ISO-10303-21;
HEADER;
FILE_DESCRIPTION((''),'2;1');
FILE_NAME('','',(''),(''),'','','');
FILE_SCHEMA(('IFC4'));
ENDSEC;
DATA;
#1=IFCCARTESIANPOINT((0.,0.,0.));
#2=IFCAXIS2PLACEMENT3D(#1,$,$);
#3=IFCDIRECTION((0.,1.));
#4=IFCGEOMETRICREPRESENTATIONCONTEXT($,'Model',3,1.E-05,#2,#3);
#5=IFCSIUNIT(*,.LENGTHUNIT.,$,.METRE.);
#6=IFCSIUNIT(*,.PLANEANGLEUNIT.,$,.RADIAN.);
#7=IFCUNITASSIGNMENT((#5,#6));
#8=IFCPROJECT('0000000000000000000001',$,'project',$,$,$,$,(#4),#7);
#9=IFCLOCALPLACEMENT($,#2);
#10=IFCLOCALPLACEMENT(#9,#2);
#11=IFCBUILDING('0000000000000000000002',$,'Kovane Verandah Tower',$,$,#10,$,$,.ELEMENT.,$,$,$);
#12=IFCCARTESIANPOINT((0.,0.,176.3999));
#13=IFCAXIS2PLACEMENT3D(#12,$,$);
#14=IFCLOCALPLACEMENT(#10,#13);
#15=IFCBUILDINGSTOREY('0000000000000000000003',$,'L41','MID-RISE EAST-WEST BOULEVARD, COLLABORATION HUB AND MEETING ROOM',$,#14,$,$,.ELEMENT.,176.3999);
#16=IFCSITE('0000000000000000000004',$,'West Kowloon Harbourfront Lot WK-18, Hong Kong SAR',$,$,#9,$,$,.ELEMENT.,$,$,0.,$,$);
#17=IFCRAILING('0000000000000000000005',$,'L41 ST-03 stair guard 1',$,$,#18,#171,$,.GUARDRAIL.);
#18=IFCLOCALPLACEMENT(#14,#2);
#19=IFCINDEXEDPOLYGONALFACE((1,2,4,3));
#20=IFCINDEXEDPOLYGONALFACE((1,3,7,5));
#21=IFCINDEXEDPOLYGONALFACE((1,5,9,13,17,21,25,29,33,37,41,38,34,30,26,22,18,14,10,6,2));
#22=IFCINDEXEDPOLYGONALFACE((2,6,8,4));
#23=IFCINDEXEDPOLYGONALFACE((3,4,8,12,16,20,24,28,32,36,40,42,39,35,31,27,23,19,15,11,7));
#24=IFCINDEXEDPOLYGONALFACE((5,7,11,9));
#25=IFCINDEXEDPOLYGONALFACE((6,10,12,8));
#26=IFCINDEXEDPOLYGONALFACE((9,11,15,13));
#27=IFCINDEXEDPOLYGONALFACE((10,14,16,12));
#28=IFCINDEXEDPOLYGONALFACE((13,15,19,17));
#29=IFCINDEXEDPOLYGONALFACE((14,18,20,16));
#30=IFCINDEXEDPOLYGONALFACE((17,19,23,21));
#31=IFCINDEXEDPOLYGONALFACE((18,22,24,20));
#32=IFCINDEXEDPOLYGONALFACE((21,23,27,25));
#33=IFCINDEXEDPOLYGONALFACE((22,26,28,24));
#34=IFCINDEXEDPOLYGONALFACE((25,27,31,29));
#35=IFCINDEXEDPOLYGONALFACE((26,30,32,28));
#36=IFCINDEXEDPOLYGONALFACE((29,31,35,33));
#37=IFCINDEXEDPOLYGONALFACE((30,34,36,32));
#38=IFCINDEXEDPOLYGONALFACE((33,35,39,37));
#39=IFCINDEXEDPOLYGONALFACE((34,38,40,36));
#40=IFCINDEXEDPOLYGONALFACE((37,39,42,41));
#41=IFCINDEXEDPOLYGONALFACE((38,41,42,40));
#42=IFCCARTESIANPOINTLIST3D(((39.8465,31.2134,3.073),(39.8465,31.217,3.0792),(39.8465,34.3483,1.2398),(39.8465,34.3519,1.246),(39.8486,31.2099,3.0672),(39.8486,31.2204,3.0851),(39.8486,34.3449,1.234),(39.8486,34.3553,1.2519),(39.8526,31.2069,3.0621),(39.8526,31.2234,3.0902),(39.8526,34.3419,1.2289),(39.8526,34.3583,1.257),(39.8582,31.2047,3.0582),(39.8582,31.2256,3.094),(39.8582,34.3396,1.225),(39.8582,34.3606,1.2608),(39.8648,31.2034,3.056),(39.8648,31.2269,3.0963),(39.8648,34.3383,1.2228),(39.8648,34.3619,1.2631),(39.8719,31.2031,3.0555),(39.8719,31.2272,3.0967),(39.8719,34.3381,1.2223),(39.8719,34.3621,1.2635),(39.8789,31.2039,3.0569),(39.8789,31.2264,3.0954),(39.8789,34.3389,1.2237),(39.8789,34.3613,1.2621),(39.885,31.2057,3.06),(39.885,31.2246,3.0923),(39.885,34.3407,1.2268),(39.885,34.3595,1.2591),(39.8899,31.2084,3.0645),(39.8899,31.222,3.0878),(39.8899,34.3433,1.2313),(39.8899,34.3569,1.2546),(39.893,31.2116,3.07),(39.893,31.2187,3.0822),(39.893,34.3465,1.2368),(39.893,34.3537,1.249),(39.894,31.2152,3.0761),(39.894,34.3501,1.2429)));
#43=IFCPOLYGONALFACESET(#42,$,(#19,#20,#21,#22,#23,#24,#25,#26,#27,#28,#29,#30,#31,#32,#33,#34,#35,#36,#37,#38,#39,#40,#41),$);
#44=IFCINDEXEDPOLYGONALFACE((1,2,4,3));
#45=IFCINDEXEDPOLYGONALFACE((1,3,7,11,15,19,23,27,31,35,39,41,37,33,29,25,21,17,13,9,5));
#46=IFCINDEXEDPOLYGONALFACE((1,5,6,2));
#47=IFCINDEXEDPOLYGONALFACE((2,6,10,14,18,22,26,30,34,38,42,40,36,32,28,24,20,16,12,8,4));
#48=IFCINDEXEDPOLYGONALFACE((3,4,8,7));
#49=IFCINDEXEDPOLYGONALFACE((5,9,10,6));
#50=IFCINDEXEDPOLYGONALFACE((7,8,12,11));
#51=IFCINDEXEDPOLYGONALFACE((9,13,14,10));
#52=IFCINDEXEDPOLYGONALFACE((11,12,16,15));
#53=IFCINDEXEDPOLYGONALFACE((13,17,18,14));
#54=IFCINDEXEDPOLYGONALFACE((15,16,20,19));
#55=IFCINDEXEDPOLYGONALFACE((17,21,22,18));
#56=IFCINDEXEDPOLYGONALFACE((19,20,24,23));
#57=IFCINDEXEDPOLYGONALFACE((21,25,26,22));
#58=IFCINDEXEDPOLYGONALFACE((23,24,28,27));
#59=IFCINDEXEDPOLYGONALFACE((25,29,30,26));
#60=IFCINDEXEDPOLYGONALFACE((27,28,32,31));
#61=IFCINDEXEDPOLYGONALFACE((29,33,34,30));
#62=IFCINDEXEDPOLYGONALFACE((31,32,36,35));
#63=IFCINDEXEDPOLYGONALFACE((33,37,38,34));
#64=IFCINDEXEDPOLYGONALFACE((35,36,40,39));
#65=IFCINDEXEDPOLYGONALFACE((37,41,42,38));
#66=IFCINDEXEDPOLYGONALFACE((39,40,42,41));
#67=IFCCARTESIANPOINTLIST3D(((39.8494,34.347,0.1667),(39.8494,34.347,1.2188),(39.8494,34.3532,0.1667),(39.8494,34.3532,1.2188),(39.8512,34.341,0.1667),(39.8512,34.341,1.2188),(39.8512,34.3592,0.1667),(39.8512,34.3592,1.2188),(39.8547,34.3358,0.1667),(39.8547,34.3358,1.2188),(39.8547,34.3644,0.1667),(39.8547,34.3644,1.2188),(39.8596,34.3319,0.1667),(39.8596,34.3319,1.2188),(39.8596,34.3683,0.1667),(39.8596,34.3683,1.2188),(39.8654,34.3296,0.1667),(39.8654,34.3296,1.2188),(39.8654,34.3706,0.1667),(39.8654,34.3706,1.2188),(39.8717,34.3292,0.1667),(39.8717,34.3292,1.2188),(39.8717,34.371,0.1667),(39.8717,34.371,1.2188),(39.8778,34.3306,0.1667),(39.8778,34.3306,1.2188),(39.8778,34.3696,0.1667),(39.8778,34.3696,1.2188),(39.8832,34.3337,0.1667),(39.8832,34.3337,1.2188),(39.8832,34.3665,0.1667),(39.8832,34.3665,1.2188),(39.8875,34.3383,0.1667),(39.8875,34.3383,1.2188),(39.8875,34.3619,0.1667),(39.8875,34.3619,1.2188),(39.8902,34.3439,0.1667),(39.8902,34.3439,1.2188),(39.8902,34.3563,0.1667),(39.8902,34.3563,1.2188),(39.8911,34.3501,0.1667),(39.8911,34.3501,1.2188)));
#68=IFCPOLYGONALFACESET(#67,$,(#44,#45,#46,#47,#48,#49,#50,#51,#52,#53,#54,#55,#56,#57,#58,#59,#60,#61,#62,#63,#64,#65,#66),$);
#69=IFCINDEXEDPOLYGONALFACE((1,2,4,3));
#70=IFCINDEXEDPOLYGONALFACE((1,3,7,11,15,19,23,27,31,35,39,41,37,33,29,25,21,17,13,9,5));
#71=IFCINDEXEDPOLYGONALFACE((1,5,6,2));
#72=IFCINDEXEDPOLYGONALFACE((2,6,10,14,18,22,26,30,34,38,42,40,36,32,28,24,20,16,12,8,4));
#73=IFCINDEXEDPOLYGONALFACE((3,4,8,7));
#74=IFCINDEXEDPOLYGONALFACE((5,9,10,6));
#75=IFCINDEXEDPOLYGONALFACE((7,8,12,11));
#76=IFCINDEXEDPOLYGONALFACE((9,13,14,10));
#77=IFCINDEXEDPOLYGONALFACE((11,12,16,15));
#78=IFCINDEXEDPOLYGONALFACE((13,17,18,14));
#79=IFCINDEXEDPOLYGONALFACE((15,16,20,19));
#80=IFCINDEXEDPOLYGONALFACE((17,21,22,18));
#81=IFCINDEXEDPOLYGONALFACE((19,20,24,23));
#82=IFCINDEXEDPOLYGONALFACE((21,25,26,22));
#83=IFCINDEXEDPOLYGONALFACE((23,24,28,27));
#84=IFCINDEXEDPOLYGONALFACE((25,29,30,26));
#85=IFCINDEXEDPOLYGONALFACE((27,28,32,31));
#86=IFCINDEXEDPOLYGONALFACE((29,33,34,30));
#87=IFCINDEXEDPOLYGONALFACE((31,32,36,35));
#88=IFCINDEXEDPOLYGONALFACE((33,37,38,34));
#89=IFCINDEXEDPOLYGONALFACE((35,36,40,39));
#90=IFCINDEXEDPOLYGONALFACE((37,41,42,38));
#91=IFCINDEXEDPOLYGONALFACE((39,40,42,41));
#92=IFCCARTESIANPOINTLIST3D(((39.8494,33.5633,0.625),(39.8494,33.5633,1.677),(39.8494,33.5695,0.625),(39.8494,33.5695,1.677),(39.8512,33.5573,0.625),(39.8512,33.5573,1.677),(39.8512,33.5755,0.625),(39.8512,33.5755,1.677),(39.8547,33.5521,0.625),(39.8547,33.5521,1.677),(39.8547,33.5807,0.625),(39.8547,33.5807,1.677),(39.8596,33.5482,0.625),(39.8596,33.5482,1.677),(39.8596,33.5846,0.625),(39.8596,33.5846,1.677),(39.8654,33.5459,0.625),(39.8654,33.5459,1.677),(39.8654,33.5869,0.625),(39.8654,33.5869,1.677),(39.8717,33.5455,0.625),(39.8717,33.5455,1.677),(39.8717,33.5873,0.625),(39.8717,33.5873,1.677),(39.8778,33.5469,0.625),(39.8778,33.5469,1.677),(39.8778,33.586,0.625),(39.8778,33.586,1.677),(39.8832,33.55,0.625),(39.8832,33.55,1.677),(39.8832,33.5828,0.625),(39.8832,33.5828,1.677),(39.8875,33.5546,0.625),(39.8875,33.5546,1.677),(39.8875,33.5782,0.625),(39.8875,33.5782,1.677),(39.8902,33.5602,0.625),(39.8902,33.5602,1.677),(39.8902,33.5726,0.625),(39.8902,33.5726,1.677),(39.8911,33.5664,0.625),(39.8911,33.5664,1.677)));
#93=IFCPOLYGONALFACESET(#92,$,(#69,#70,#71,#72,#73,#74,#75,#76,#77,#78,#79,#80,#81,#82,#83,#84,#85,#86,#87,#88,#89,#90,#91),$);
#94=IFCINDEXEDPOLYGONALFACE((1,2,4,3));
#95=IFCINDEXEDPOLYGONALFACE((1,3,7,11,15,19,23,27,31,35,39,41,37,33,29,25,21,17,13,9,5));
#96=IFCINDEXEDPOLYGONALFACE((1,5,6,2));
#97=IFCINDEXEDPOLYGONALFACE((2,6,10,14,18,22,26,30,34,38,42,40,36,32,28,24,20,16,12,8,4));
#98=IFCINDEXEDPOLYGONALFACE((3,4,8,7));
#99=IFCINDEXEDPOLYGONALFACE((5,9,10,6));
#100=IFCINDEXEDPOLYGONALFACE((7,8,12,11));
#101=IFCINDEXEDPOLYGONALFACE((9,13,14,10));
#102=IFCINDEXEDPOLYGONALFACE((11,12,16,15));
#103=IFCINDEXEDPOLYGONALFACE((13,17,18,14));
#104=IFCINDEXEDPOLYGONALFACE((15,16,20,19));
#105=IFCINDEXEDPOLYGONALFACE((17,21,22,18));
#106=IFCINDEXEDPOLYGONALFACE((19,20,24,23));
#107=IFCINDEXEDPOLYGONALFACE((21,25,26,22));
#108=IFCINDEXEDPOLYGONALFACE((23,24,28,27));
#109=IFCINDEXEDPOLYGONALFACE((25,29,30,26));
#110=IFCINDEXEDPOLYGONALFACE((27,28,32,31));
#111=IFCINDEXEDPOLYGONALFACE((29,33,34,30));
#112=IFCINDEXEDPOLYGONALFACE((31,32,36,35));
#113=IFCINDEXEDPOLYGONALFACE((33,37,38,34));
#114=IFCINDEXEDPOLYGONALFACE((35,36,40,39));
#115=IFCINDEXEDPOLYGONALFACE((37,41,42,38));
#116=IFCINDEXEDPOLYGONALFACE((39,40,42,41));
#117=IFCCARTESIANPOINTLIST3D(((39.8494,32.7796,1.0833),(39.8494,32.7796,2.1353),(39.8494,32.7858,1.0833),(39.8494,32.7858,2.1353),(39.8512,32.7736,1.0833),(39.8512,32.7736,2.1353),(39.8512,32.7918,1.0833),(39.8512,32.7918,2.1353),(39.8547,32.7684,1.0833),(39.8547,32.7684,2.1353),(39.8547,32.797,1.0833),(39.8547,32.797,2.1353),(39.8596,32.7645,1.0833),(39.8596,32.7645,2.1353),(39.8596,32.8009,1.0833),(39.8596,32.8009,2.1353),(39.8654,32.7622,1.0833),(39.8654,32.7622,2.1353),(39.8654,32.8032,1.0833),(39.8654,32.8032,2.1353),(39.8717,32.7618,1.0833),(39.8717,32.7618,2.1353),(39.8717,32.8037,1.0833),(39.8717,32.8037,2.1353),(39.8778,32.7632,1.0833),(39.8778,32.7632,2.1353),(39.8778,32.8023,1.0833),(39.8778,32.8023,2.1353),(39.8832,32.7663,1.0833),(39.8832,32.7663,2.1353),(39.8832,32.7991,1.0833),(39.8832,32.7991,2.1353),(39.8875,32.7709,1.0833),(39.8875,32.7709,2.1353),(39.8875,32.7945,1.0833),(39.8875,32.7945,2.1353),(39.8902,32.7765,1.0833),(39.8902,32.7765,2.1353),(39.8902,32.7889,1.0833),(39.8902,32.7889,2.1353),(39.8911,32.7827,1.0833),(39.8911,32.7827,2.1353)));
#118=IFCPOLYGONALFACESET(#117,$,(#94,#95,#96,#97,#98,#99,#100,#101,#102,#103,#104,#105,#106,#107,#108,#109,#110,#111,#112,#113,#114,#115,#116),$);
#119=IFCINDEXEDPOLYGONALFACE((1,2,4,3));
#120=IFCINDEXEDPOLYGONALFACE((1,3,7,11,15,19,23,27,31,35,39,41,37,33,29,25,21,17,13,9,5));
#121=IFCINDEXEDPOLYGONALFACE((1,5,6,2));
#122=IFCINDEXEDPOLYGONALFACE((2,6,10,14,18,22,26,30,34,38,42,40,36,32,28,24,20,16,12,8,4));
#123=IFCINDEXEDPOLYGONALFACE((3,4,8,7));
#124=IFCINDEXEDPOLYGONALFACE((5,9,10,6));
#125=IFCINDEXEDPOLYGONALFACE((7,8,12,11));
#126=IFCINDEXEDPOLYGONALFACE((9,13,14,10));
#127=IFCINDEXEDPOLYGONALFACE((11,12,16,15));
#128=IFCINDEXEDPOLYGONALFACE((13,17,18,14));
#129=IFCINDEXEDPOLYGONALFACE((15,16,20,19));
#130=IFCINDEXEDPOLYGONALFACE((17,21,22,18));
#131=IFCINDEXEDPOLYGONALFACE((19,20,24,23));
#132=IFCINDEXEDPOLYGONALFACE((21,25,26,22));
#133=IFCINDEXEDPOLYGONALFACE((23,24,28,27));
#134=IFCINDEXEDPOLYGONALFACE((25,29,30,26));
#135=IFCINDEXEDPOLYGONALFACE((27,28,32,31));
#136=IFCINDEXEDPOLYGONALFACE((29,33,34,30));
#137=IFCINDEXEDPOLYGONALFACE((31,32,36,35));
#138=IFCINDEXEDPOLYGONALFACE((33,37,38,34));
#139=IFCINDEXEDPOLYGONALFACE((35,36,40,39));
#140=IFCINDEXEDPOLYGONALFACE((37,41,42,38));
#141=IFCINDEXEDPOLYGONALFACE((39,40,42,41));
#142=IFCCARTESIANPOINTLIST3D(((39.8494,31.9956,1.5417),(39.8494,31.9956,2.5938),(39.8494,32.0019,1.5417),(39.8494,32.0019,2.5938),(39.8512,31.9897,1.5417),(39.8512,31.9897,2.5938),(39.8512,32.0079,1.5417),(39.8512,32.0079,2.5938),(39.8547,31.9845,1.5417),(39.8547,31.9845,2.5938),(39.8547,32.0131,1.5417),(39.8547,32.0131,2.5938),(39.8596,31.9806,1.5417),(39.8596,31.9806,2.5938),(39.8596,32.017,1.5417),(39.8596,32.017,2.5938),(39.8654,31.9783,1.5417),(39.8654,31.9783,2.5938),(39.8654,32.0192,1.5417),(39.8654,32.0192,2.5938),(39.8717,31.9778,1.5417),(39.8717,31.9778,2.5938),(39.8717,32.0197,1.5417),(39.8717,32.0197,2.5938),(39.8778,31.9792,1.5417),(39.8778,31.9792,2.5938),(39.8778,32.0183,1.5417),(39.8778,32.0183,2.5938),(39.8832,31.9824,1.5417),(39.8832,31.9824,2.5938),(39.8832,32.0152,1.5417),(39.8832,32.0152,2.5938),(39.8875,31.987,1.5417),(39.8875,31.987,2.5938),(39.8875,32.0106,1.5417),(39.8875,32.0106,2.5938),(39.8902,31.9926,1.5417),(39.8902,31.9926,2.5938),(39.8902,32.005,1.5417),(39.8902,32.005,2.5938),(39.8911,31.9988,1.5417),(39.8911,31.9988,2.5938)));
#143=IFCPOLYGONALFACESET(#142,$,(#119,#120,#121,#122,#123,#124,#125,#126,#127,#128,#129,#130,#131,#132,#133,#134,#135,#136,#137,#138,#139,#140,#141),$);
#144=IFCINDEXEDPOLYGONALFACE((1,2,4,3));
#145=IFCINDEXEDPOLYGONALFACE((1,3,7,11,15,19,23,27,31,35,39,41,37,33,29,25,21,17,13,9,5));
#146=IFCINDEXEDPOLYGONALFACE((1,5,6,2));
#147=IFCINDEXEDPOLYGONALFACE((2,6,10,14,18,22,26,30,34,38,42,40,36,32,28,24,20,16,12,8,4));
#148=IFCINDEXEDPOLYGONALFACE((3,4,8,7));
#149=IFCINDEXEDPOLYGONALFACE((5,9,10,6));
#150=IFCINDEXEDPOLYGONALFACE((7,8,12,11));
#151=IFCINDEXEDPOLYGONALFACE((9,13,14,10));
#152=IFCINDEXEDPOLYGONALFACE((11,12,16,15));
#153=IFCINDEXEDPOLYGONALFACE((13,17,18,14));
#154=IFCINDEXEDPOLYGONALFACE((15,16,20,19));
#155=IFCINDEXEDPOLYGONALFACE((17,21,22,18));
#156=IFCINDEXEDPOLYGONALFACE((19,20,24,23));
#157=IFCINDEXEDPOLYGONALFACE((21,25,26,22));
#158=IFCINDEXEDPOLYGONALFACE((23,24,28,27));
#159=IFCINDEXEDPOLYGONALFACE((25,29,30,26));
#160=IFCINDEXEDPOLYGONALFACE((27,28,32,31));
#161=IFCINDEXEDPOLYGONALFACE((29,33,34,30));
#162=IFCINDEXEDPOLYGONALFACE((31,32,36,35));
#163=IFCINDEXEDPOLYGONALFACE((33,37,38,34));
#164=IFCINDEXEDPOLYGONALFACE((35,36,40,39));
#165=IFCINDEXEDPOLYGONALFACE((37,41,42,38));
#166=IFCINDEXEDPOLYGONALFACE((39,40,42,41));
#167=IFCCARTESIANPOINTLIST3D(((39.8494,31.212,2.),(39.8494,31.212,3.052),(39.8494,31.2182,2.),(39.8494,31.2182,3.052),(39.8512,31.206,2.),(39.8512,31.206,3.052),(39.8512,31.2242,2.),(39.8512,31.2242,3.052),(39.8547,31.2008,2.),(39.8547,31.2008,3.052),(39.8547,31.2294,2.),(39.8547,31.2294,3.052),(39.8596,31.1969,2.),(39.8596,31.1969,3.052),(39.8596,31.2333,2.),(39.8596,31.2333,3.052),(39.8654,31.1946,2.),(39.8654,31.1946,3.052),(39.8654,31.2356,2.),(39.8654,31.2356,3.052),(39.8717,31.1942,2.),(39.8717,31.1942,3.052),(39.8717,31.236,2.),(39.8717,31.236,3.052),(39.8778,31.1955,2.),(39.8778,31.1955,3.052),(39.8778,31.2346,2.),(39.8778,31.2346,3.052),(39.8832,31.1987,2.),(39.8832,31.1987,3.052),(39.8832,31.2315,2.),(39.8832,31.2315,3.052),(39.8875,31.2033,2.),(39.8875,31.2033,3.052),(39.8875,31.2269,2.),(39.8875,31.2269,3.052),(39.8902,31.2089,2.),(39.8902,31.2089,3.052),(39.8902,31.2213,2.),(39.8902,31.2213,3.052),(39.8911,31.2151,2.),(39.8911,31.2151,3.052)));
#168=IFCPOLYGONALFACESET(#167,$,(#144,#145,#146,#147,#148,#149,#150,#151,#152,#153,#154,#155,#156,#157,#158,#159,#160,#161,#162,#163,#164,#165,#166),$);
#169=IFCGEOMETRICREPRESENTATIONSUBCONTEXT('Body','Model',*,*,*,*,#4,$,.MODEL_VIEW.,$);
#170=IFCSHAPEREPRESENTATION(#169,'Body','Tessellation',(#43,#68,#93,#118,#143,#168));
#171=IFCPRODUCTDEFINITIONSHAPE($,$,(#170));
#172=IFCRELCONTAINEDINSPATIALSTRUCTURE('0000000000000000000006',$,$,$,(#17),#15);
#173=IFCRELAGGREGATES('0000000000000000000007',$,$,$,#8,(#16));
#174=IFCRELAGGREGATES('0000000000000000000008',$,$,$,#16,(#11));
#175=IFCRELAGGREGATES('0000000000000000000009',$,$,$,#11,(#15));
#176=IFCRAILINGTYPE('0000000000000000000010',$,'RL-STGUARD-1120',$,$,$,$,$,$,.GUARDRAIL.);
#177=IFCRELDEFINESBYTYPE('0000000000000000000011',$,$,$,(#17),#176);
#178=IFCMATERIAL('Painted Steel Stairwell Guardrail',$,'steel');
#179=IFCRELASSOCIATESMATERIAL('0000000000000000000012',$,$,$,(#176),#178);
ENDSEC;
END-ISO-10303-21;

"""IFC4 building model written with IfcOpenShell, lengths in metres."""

from ifc_helpers import new_model, si_unit, direction, frame, origin, origin_2d, place, context, subcontext, project, spatial, circle, extrude, material, type_object, element, save


model = new_model("IFC4")

# Units and contexts
model_context = context("Model", 3, precision=1e-05, world=origin(), true_north=direction((0.0, 1.0)))
body_context = subcontext(model_context, "Body", "Model", "MODEL_VIEW")
ifc_project = project(units=[si_unit("LENGTHUNIT", "METRE"), si_unit("PLANEANGLEUNIT", "RADIAN")], contexts=[model_context])

# Site, building, storey
site_placement = place(None, origin())
site = spatial("IfcSite", under=ifc_project, at=site_placement, Name="West Kowloon Harbourfront Lot WK-18, Hong Kong SAR", CompositionType="ELEMENT", RefElevation=0.0)
building_placement = place(site_placement, origin())
building = spatial("IfcBuilding", under=site, at=building_placement, Name="Kovane Verandah Tower", CompositionType="ELEMENT")
storey_placement = place(building_placement, frame((0.0, 0.0, 176.3999)))
storey = spatial("IfcBuildingStorey", under=building, at=storey_placement, Name="L41", Description="MID-RISE EAST-WEST BOULEVARD, COLLABORATION HUB AND MEETING ROOM", CompositionType="ELEMENT", Elevation=176.3999)

# Railing
ifc_material_1 = material(Name="Painted Steel Stairwell Guardrail", Category="steel")
railing_type_1 = type_object("IfcRailingType", Name="RL-STGUARD-1120", PredefinedType="GUARDRAIL", material=ifc_material_1)
railing_1_placement = place(storey_placement, frame((39.8701, 34.3501, 0.1667)))
element("IfcRailing", 1, at=railing_1_placement, inside=storey, type_object=railing_type_1, Name="L41 ST-03 stair guard 1", PredefinedType="GUARDRAIL", context=body_context, shape_type="SweptSolid", body=[
    extrude(circle(Radius=0.0239, at=origin_2d()), frame((0.0, 0.0, 1.0762), z_axis=(0.0, -0.86324, 0.504794), x_axis=(1.0, 0.0, 0.0)), (0.0, 0.0, 1.0), 3.6316),
    extrude(circle(Radius=0.021, at=origin_2d()), origin(), (0.0, 0.0, 1.0), 1.052),
    extrude(circle(Radius=0.021, at=origin_2d()), frame((0.0, -0.7837, 0.4583)), (0.0, 0.0, 1.0), 1.052),
    extrude(circle(Radius=0.021, at=origin_2d()), frame((0.0, -1.5674, 0.9165)), (0.0, 0.0, 1.0), 1.052),
    extrude(circle(Radius=0.021, at=origin_2d()), frame((0.0, -2.3513, 1.375)), (0.0, 0.0, 1.0), 1.052),
    extrude(circle(Radius=0.021, at=origin_2d()), frame((0.0, -3.135, 1.8333)), (0.0, 0.0, 1.0), 1.052),
])

save(model, "model.ifc")
